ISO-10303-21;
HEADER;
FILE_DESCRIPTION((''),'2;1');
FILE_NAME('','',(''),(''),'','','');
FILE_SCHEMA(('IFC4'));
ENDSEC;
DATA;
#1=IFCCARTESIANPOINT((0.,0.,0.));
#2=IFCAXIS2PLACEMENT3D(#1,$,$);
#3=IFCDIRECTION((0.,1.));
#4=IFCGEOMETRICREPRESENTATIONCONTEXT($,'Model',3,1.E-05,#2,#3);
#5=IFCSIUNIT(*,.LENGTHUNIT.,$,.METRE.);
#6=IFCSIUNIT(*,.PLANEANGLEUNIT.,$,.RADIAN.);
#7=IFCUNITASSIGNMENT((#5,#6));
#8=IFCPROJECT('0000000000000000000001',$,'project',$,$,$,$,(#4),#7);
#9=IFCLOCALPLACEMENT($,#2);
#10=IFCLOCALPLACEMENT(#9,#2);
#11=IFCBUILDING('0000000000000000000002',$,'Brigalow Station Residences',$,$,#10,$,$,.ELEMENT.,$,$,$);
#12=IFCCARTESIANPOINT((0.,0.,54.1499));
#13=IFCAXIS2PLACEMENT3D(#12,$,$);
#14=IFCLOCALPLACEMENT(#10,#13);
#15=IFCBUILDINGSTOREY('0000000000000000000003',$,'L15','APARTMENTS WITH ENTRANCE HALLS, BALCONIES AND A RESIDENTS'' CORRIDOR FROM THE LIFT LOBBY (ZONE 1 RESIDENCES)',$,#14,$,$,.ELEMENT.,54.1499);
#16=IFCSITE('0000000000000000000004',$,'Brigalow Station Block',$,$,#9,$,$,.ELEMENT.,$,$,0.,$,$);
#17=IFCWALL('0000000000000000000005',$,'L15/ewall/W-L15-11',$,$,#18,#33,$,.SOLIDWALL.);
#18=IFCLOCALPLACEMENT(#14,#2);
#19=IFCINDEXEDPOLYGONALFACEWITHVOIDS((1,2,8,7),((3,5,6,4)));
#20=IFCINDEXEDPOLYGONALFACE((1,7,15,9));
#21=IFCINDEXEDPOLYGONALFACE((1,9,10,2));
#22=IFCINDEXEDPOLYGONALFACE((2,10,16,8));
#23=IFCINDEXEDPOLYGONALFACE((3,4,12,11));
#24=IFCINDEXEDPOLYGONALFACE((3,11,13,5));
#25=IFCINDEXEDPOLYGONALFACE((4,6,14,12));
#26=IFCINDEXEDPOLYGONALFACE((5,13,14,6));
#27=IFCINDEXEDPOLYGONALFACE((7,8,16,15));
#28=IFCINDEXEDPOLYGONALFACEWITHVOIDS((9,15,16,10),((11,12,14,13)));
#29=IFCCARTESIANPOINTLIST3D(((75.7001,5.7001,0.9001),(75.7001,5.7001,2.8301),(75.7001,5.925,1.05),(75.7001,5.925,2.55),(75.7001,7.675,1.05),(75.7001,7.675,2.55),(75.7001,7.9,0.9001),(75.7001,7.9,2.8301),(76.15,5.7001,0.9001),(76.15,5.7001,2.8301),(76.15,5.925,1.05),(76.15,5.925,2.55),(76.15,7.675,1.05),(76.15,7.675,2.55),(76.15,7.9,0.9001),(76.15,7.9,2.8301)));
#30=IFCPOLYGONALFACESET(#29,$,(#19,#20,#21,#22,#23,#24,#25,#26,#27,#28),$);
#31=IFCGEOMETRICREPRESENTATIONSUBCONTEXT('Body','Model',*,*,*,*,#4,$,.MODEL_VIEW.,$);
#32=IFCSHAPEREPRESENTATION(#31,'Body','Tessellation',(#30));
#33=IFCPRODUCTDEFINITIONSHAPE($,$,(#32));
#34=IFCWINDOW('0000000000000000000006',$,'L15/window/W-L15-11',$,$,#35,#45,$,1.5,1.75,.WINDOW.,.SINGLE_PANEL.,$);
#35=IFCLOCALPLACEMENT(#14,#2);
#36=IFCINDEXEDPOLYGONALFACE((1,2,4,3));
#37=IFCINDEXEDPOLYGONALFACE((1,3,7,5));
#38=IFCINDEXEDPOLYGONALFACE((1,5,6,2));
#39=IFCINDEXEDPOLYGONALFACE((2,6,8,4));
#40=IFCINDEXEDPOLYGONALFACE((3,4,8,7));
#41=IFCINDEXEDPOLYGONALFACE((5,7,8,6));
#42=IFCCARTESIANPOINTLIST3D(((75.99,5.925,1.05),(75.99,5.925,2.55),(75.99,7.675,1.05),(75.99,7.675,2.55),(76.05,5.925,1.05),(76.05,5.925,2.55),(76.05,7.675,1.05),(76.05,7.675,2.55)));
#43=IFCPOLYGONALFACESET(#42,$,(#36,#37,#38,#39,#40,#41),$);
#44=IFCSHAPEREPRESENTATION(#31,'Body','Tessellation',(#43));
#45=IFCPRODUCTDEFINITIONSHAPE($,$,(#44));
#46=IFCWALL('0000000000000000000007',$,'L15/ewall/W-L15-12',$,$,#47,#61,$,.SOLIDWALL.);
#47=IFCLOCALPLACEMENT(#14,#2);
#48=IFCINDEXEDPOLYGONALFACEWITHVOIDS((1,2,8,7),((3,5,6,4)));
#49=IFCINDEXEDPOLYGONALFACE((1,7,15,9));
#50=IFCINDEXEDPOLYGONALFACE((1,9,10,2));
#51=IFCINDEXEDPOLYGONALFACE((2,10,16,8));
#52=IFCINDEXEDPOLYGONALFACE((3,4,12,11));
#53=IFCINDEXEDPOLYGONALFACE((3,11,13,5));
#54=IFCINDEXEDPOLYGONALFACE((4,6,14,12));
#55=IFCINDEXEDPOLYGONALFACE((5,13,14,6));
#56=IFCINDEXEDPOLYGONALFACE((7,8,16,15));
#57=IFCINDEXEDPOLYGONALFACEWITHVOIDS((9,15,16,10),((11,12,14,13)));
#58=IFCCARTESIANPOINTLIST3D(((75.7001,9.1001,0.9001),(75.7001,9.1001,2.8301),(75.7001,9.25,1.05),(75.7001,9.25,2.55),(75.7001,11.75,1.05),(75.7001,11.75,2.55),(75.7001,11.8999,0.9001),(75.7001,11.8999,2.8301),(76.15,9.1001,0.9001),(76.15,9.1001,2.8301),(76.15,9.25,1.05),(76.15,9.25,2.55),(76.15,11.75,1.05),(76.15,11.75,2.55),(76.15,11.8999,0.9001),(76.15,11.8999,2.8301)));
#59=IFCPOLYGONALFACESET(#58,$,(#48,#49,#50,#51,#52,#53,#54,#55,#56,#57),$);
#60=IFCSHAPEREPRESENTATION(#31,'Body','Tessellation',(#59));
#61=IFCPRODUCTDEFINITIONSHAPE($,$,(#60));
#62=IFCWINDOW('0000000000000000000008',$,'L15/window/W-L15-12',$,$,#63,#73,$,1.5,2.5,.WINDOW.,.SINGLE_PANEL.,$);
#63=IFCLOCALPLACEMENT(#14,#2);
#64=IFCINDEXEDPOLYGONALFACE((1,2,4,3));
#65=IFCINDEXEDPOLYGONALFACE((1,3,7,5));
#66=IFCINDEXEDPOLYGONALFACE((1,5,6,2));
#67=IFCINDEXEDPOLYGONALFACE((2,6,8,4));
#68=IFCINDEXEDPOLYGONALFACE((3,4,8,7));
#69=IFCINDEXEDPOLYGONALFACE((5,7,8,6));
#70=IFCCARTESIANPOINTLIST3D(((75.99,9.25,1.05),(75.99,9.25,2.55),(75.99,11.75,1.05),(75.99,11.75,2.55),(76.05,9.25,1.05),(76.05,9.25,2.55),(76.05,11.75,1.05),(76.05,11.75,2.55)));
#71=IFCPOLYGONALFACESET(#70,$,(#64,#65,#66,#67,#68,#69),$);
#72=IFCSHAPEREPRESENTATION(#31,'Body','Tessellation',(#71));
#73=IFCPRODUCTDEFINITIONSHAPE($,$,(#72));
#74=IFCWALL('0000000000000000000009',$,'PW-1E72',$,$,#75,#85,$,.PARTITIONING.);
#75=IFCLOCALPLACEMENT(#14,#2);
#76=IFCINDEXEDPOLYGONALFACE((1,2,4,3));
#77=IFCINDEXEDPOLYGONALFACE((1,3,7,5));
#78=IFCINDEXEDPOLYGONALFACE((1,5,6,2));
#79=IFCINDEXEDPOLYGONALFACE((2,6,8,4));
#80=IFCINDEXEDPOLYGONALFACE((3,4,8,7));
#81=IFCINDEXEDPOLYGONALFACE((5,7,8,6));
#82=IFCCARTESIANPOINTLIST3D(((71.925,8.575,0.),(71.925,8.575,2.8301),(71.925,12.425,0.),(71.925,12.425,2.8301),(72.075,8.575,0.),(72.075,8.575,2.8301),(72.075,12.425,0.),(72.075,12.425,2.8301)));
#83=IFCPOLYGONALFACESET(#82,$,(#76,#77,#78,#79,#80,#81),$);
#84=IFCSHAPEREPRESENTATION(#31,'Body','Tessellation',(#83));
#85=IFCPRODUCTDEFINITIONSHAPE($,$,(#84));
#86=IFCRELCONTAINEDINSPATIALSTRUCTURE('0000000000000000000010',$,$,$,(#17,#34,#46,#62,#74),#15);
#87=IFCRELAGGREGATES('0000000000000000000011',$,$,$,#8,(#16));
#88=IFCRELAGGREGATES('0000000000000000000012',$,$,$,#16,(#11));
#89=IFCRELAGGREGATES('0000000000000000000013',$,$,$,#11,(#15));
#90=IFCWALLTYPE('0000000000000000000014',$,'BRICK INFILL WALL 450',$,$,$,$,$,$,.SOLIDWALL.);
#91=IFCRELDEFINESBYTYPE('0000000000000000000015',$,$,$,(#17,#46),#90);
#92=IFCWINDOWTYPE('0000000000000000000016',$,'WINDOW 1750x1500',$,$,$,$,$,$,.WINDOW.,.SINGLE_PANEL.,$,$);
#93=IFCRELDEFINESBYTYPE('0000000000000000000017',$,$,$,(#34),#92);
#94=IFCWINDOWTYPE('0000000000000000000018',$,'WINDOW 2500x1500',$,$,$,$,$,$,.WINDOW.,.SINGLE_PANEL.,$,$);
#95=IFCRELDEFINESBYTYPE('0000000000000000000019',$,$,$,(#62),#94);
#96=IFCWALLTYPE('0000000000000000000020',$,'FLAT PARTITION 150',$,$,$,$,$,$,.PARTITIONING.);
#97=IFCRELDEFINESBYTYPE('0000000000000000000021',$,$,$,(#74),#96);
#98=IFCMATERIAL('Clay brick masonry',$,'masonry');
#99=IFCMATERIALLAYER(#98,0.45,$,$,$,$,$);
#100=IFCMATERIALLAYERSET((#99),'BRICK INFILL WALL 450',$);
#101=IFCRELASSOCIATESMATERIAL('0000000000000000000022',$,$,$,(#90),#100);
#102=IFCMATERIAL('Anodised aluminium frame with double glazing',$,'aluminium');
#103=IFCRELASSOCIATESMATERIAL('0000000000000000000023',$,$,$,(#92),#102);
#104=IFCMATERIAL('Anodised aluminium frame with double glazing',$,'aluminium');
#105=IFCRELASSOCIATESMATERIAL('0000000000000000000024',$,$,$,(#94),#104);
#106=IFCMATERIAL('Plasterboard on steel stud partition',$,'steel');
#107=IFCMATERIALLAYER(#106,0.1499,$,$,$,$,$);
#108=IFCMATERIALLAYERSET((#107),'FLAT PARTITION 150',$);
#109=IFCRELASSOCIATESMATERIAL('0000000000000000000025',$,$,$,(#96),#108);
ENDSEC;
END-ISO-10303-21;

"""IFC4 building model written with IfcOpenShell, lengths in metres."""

from ifc_helpers import new_model, si_unit, direction, frame, frame_2d, origin, place, context, subcontext, project, spatial, rectangle, extrude, material, layer, layer_set, type_object, element, fill, save


model = new_model("IFC4")

# Units and contexts
model_context = context("Model", 3, precision=1e-05, world=origin(), true_north=direction((0.0, 1.0)))
body_context = subcontext(model_context, "Body", "Model", "MODEL_VIEW")
ifc_project = project(units=[si_unit("LENGTHUNIT", "METRE"), si_unit("PLANEANGLEUNIT", "RADIAN")], contexts=[model_context])

# Site, building, storey
site_placement = place(None, origin())
site = spatial("IfcSite", under=ifc_project, at=site_placement, Name="Brigalow Station Block", CompositionType="ELEMENT", RefElevation=0.0)
building_placement = place(site_placement, origin())
building = spatial("IfcBuilding", under=site, at=building_placement, Name="Brigalow Station Residences", CompositionType="ELEMENT")
storey_placement = place(building_placement, frame((0.0, 0.0, 54.1499)))
storey = spatial("IfcBuildingStorey", under=building, at=storey_placement, Name="L15", Description="APARTMENTS WITH ENTRANCE HALLS, BALCONIES AND A RESIDENTS' CORRIDOR FROM THE LIFT LOBBY (ZONE 1 RESIDENCES)", CompositionType="ELEMENT", Elevation=54.1499)

# Walls, openings, windows
ifc_material_1 = material(Name="Clay brick masonry", Category="masonry")
ifc_layer_1 = layer(ifc_material_1, 0.45)
ifc_layer_set_1 = layer_set([ifc_layer_1], Name="BRICK INFILL WALL 450")
wall_type_1 = type_object("IfcWallType", Name="BRICK INFILL WALL 450", PredefinedType="SOLIDWALL", material=ifc_layer_set_1)
wall_1_placement = place(storey_placement, frame((75.925, 5.7, 0.9001), z_axis=(0.0, 0.0, 1.0), x_axis=(0.0, 1.0, 0.0)))
wall_1 = element("IfcWall", 1, at=wall_1_placement, inside=storey, type_object=wall_type_1, Name="L15/ewall/W-L15-11", PredefinedType="SOLIDWALL", context=body_context, shape_type="SweptSolid", body=[
    extrude(rectangle(XDim=2.2, YDim=0.45, at=frame_2d((1.1001, 0.0))), origin(), (0.0, 0.0, 1.0), 1.9299),
])
opening_1_placement = place(wall_1_placement, frame((0.2251, 0.0, 0.1499)))
opening_1 = element("IfcOpeningElement", 2, at=opening_1_placement, cuts=wall_1, PredefinedType="OPENING", context=body_context, shape_type="SweptSolid", body=[
    extrude(rectangle(XDim=1.75, YDim=1.5, at=frame_2d((0.875, 0.75))), frame((0.0, 0.2349, 0.0), z_axis=(0.0, -1.0, 0.0), x_axis=(1.0, 0.0, 0.0)), (0.0, 0.0, 1.0), 0.47),
])
ifc_material_2 = material(Name="Anodised aluminium frame with double glazing", Category="aluminium")
window_type_1 = type_object("IfcWindowType", Name="WINDOW 1750x1500", PartitioningType="SINGLE_PANEL", PredefinedType="WINDOW", material=ifc_material_2)
window_1_placement = place(opening_1_placement, origin())
window_1 = element("IfcWindow", 3, at=window_1_placement, inside=storey, type_object=window_type_1, Name="L15/window/W-L15-11", OverallHeight=1.5, OverallWidth=1.75, PartitioningType="SINGLE_PANEL", PredefinedType="WINDOW", context=body_context, shape_type="SweptSolid", body=[
    extrude(rectangle(XDim=1.75, YDim=1.5, at=frame_2d((0.875, 0.75))), frame((0.0, -0.0649, 0.0), z_axis=(0.0, -1.0, 0.0), x_axis=(1.0, 0.0, 0.0)), (0.0, 0.0, 1.0), 0.0601),
])
fill(opening_1, window_1)
wall_2_placement = place(storey_placement, frame((75.925, 9.1001, 0.9001), z_axis=(0.0, 0.0, 1.0), x_axis=(0.0, 1.0, 0.0)))
wall_2 = element("IfcWall", 4, at=wall_2_placement, inside=storey, type_object=wall_type_1, Name="L15/ewall/W-L15-12", PredefinedType="SOLIDWALL", context=body_context, shape_type="SweptSolid", body=[
    extrude(rectangle(XDim=2.7998, YDim=0.45, at=frame_2d((1.3999, 0.0))), origin(), (0.0, 0.0, 1.0), 1.9299),
])
opening_2_placement = place(wall_2_placement, frame((0.1499, 0.0, 0.1499)))
opening_2 = element("IfcOpeningElement", 5, at=opening_2_placement, cuts=wall_2, PredefinedType="OPENING", context=body_context, shape_type="SweptSolid", body=[
    extrude(rectangle(XDim=2.5, YDim=1.5, at=frame_2d((1.25, 0.75))), frame((0.0, 0.2349, 0.0), z_axis=(0.0, -1.0, 0.0), x_axis=(1.0, 0.0, 0.0)), (0.0, 0.0, 1.0), 0.47),
])
ifc_material_3 = material(Name="Anodised aluminium frame with double glazing", Category="aluminium")
window_type_2 = type_object("IfcWindowType", Name="WINDOW 2500x1500", PartitioningType="SINGLE_PANEL", PredefinedType="WINDOW", material=ifc_material_3)
window_2_placement = place(opening_2_placement, origin())
window_2 = element("IfcWindow", 6, at=window_2_placement, inside=storey, type_object=window_type_2, Name="L15/window/W-L15-12", OverallHeight=1.5, OverallWidth=2.5, PartitioningType="SINGLE_PANEL", PredefinedType="WINDOW", context=body_context, shape_type="SweptSolid", body=[
    extrude(rectangle(XDim=2.5, YDim=1.5, at=frame_2d((1.25, 0.75))), frame((0.0, -0.0649, 0.0), z_axis=(0.0, -1.0, 0.0), x_axis=(1.0, 0.0, 0.0)), (0.0, 0.0, 1.0), 0.0601),
])
fill(opening_2, window_2)

# Wall
ifc_material_4 = material(Name="Plasterboard on steel stud partition", Category="steel")
ifc_layer_2 = layer(ifc_material_4, 0.1499)
ifc_layer_set_2 = layer_set([ifc_layer_2], Name="FLAT PARTITION 150")
wall_type_2 = type_object("IfcWallType", Name="FLAT PARTITION 150", PredefinedType="PARTITIONING", material=ifc_layer_set_2)
wall_3_placement = place(storey_placement, frame((72.0, 8.575, 0.0), z_axis=(0.0, 0.0, 1.0), x_axis=(0.0, 1.0, 0.0)))
element("IfcWall", 7, at=wall_3_placement, inside=storey, type_object=wall_type_2, Name="PW-1E72", PredefinedType="PARTITIONING", context=body_context, shape_type="SweptSolid", body=[
    extrude(rectangle(XDim=3.8501, YDim=0.1499, at=frame_2d((1.925, 0.0))), origin(), (0.0, 0.0, 1.0), 2.8301),
])

save(model, "model.ifc")
